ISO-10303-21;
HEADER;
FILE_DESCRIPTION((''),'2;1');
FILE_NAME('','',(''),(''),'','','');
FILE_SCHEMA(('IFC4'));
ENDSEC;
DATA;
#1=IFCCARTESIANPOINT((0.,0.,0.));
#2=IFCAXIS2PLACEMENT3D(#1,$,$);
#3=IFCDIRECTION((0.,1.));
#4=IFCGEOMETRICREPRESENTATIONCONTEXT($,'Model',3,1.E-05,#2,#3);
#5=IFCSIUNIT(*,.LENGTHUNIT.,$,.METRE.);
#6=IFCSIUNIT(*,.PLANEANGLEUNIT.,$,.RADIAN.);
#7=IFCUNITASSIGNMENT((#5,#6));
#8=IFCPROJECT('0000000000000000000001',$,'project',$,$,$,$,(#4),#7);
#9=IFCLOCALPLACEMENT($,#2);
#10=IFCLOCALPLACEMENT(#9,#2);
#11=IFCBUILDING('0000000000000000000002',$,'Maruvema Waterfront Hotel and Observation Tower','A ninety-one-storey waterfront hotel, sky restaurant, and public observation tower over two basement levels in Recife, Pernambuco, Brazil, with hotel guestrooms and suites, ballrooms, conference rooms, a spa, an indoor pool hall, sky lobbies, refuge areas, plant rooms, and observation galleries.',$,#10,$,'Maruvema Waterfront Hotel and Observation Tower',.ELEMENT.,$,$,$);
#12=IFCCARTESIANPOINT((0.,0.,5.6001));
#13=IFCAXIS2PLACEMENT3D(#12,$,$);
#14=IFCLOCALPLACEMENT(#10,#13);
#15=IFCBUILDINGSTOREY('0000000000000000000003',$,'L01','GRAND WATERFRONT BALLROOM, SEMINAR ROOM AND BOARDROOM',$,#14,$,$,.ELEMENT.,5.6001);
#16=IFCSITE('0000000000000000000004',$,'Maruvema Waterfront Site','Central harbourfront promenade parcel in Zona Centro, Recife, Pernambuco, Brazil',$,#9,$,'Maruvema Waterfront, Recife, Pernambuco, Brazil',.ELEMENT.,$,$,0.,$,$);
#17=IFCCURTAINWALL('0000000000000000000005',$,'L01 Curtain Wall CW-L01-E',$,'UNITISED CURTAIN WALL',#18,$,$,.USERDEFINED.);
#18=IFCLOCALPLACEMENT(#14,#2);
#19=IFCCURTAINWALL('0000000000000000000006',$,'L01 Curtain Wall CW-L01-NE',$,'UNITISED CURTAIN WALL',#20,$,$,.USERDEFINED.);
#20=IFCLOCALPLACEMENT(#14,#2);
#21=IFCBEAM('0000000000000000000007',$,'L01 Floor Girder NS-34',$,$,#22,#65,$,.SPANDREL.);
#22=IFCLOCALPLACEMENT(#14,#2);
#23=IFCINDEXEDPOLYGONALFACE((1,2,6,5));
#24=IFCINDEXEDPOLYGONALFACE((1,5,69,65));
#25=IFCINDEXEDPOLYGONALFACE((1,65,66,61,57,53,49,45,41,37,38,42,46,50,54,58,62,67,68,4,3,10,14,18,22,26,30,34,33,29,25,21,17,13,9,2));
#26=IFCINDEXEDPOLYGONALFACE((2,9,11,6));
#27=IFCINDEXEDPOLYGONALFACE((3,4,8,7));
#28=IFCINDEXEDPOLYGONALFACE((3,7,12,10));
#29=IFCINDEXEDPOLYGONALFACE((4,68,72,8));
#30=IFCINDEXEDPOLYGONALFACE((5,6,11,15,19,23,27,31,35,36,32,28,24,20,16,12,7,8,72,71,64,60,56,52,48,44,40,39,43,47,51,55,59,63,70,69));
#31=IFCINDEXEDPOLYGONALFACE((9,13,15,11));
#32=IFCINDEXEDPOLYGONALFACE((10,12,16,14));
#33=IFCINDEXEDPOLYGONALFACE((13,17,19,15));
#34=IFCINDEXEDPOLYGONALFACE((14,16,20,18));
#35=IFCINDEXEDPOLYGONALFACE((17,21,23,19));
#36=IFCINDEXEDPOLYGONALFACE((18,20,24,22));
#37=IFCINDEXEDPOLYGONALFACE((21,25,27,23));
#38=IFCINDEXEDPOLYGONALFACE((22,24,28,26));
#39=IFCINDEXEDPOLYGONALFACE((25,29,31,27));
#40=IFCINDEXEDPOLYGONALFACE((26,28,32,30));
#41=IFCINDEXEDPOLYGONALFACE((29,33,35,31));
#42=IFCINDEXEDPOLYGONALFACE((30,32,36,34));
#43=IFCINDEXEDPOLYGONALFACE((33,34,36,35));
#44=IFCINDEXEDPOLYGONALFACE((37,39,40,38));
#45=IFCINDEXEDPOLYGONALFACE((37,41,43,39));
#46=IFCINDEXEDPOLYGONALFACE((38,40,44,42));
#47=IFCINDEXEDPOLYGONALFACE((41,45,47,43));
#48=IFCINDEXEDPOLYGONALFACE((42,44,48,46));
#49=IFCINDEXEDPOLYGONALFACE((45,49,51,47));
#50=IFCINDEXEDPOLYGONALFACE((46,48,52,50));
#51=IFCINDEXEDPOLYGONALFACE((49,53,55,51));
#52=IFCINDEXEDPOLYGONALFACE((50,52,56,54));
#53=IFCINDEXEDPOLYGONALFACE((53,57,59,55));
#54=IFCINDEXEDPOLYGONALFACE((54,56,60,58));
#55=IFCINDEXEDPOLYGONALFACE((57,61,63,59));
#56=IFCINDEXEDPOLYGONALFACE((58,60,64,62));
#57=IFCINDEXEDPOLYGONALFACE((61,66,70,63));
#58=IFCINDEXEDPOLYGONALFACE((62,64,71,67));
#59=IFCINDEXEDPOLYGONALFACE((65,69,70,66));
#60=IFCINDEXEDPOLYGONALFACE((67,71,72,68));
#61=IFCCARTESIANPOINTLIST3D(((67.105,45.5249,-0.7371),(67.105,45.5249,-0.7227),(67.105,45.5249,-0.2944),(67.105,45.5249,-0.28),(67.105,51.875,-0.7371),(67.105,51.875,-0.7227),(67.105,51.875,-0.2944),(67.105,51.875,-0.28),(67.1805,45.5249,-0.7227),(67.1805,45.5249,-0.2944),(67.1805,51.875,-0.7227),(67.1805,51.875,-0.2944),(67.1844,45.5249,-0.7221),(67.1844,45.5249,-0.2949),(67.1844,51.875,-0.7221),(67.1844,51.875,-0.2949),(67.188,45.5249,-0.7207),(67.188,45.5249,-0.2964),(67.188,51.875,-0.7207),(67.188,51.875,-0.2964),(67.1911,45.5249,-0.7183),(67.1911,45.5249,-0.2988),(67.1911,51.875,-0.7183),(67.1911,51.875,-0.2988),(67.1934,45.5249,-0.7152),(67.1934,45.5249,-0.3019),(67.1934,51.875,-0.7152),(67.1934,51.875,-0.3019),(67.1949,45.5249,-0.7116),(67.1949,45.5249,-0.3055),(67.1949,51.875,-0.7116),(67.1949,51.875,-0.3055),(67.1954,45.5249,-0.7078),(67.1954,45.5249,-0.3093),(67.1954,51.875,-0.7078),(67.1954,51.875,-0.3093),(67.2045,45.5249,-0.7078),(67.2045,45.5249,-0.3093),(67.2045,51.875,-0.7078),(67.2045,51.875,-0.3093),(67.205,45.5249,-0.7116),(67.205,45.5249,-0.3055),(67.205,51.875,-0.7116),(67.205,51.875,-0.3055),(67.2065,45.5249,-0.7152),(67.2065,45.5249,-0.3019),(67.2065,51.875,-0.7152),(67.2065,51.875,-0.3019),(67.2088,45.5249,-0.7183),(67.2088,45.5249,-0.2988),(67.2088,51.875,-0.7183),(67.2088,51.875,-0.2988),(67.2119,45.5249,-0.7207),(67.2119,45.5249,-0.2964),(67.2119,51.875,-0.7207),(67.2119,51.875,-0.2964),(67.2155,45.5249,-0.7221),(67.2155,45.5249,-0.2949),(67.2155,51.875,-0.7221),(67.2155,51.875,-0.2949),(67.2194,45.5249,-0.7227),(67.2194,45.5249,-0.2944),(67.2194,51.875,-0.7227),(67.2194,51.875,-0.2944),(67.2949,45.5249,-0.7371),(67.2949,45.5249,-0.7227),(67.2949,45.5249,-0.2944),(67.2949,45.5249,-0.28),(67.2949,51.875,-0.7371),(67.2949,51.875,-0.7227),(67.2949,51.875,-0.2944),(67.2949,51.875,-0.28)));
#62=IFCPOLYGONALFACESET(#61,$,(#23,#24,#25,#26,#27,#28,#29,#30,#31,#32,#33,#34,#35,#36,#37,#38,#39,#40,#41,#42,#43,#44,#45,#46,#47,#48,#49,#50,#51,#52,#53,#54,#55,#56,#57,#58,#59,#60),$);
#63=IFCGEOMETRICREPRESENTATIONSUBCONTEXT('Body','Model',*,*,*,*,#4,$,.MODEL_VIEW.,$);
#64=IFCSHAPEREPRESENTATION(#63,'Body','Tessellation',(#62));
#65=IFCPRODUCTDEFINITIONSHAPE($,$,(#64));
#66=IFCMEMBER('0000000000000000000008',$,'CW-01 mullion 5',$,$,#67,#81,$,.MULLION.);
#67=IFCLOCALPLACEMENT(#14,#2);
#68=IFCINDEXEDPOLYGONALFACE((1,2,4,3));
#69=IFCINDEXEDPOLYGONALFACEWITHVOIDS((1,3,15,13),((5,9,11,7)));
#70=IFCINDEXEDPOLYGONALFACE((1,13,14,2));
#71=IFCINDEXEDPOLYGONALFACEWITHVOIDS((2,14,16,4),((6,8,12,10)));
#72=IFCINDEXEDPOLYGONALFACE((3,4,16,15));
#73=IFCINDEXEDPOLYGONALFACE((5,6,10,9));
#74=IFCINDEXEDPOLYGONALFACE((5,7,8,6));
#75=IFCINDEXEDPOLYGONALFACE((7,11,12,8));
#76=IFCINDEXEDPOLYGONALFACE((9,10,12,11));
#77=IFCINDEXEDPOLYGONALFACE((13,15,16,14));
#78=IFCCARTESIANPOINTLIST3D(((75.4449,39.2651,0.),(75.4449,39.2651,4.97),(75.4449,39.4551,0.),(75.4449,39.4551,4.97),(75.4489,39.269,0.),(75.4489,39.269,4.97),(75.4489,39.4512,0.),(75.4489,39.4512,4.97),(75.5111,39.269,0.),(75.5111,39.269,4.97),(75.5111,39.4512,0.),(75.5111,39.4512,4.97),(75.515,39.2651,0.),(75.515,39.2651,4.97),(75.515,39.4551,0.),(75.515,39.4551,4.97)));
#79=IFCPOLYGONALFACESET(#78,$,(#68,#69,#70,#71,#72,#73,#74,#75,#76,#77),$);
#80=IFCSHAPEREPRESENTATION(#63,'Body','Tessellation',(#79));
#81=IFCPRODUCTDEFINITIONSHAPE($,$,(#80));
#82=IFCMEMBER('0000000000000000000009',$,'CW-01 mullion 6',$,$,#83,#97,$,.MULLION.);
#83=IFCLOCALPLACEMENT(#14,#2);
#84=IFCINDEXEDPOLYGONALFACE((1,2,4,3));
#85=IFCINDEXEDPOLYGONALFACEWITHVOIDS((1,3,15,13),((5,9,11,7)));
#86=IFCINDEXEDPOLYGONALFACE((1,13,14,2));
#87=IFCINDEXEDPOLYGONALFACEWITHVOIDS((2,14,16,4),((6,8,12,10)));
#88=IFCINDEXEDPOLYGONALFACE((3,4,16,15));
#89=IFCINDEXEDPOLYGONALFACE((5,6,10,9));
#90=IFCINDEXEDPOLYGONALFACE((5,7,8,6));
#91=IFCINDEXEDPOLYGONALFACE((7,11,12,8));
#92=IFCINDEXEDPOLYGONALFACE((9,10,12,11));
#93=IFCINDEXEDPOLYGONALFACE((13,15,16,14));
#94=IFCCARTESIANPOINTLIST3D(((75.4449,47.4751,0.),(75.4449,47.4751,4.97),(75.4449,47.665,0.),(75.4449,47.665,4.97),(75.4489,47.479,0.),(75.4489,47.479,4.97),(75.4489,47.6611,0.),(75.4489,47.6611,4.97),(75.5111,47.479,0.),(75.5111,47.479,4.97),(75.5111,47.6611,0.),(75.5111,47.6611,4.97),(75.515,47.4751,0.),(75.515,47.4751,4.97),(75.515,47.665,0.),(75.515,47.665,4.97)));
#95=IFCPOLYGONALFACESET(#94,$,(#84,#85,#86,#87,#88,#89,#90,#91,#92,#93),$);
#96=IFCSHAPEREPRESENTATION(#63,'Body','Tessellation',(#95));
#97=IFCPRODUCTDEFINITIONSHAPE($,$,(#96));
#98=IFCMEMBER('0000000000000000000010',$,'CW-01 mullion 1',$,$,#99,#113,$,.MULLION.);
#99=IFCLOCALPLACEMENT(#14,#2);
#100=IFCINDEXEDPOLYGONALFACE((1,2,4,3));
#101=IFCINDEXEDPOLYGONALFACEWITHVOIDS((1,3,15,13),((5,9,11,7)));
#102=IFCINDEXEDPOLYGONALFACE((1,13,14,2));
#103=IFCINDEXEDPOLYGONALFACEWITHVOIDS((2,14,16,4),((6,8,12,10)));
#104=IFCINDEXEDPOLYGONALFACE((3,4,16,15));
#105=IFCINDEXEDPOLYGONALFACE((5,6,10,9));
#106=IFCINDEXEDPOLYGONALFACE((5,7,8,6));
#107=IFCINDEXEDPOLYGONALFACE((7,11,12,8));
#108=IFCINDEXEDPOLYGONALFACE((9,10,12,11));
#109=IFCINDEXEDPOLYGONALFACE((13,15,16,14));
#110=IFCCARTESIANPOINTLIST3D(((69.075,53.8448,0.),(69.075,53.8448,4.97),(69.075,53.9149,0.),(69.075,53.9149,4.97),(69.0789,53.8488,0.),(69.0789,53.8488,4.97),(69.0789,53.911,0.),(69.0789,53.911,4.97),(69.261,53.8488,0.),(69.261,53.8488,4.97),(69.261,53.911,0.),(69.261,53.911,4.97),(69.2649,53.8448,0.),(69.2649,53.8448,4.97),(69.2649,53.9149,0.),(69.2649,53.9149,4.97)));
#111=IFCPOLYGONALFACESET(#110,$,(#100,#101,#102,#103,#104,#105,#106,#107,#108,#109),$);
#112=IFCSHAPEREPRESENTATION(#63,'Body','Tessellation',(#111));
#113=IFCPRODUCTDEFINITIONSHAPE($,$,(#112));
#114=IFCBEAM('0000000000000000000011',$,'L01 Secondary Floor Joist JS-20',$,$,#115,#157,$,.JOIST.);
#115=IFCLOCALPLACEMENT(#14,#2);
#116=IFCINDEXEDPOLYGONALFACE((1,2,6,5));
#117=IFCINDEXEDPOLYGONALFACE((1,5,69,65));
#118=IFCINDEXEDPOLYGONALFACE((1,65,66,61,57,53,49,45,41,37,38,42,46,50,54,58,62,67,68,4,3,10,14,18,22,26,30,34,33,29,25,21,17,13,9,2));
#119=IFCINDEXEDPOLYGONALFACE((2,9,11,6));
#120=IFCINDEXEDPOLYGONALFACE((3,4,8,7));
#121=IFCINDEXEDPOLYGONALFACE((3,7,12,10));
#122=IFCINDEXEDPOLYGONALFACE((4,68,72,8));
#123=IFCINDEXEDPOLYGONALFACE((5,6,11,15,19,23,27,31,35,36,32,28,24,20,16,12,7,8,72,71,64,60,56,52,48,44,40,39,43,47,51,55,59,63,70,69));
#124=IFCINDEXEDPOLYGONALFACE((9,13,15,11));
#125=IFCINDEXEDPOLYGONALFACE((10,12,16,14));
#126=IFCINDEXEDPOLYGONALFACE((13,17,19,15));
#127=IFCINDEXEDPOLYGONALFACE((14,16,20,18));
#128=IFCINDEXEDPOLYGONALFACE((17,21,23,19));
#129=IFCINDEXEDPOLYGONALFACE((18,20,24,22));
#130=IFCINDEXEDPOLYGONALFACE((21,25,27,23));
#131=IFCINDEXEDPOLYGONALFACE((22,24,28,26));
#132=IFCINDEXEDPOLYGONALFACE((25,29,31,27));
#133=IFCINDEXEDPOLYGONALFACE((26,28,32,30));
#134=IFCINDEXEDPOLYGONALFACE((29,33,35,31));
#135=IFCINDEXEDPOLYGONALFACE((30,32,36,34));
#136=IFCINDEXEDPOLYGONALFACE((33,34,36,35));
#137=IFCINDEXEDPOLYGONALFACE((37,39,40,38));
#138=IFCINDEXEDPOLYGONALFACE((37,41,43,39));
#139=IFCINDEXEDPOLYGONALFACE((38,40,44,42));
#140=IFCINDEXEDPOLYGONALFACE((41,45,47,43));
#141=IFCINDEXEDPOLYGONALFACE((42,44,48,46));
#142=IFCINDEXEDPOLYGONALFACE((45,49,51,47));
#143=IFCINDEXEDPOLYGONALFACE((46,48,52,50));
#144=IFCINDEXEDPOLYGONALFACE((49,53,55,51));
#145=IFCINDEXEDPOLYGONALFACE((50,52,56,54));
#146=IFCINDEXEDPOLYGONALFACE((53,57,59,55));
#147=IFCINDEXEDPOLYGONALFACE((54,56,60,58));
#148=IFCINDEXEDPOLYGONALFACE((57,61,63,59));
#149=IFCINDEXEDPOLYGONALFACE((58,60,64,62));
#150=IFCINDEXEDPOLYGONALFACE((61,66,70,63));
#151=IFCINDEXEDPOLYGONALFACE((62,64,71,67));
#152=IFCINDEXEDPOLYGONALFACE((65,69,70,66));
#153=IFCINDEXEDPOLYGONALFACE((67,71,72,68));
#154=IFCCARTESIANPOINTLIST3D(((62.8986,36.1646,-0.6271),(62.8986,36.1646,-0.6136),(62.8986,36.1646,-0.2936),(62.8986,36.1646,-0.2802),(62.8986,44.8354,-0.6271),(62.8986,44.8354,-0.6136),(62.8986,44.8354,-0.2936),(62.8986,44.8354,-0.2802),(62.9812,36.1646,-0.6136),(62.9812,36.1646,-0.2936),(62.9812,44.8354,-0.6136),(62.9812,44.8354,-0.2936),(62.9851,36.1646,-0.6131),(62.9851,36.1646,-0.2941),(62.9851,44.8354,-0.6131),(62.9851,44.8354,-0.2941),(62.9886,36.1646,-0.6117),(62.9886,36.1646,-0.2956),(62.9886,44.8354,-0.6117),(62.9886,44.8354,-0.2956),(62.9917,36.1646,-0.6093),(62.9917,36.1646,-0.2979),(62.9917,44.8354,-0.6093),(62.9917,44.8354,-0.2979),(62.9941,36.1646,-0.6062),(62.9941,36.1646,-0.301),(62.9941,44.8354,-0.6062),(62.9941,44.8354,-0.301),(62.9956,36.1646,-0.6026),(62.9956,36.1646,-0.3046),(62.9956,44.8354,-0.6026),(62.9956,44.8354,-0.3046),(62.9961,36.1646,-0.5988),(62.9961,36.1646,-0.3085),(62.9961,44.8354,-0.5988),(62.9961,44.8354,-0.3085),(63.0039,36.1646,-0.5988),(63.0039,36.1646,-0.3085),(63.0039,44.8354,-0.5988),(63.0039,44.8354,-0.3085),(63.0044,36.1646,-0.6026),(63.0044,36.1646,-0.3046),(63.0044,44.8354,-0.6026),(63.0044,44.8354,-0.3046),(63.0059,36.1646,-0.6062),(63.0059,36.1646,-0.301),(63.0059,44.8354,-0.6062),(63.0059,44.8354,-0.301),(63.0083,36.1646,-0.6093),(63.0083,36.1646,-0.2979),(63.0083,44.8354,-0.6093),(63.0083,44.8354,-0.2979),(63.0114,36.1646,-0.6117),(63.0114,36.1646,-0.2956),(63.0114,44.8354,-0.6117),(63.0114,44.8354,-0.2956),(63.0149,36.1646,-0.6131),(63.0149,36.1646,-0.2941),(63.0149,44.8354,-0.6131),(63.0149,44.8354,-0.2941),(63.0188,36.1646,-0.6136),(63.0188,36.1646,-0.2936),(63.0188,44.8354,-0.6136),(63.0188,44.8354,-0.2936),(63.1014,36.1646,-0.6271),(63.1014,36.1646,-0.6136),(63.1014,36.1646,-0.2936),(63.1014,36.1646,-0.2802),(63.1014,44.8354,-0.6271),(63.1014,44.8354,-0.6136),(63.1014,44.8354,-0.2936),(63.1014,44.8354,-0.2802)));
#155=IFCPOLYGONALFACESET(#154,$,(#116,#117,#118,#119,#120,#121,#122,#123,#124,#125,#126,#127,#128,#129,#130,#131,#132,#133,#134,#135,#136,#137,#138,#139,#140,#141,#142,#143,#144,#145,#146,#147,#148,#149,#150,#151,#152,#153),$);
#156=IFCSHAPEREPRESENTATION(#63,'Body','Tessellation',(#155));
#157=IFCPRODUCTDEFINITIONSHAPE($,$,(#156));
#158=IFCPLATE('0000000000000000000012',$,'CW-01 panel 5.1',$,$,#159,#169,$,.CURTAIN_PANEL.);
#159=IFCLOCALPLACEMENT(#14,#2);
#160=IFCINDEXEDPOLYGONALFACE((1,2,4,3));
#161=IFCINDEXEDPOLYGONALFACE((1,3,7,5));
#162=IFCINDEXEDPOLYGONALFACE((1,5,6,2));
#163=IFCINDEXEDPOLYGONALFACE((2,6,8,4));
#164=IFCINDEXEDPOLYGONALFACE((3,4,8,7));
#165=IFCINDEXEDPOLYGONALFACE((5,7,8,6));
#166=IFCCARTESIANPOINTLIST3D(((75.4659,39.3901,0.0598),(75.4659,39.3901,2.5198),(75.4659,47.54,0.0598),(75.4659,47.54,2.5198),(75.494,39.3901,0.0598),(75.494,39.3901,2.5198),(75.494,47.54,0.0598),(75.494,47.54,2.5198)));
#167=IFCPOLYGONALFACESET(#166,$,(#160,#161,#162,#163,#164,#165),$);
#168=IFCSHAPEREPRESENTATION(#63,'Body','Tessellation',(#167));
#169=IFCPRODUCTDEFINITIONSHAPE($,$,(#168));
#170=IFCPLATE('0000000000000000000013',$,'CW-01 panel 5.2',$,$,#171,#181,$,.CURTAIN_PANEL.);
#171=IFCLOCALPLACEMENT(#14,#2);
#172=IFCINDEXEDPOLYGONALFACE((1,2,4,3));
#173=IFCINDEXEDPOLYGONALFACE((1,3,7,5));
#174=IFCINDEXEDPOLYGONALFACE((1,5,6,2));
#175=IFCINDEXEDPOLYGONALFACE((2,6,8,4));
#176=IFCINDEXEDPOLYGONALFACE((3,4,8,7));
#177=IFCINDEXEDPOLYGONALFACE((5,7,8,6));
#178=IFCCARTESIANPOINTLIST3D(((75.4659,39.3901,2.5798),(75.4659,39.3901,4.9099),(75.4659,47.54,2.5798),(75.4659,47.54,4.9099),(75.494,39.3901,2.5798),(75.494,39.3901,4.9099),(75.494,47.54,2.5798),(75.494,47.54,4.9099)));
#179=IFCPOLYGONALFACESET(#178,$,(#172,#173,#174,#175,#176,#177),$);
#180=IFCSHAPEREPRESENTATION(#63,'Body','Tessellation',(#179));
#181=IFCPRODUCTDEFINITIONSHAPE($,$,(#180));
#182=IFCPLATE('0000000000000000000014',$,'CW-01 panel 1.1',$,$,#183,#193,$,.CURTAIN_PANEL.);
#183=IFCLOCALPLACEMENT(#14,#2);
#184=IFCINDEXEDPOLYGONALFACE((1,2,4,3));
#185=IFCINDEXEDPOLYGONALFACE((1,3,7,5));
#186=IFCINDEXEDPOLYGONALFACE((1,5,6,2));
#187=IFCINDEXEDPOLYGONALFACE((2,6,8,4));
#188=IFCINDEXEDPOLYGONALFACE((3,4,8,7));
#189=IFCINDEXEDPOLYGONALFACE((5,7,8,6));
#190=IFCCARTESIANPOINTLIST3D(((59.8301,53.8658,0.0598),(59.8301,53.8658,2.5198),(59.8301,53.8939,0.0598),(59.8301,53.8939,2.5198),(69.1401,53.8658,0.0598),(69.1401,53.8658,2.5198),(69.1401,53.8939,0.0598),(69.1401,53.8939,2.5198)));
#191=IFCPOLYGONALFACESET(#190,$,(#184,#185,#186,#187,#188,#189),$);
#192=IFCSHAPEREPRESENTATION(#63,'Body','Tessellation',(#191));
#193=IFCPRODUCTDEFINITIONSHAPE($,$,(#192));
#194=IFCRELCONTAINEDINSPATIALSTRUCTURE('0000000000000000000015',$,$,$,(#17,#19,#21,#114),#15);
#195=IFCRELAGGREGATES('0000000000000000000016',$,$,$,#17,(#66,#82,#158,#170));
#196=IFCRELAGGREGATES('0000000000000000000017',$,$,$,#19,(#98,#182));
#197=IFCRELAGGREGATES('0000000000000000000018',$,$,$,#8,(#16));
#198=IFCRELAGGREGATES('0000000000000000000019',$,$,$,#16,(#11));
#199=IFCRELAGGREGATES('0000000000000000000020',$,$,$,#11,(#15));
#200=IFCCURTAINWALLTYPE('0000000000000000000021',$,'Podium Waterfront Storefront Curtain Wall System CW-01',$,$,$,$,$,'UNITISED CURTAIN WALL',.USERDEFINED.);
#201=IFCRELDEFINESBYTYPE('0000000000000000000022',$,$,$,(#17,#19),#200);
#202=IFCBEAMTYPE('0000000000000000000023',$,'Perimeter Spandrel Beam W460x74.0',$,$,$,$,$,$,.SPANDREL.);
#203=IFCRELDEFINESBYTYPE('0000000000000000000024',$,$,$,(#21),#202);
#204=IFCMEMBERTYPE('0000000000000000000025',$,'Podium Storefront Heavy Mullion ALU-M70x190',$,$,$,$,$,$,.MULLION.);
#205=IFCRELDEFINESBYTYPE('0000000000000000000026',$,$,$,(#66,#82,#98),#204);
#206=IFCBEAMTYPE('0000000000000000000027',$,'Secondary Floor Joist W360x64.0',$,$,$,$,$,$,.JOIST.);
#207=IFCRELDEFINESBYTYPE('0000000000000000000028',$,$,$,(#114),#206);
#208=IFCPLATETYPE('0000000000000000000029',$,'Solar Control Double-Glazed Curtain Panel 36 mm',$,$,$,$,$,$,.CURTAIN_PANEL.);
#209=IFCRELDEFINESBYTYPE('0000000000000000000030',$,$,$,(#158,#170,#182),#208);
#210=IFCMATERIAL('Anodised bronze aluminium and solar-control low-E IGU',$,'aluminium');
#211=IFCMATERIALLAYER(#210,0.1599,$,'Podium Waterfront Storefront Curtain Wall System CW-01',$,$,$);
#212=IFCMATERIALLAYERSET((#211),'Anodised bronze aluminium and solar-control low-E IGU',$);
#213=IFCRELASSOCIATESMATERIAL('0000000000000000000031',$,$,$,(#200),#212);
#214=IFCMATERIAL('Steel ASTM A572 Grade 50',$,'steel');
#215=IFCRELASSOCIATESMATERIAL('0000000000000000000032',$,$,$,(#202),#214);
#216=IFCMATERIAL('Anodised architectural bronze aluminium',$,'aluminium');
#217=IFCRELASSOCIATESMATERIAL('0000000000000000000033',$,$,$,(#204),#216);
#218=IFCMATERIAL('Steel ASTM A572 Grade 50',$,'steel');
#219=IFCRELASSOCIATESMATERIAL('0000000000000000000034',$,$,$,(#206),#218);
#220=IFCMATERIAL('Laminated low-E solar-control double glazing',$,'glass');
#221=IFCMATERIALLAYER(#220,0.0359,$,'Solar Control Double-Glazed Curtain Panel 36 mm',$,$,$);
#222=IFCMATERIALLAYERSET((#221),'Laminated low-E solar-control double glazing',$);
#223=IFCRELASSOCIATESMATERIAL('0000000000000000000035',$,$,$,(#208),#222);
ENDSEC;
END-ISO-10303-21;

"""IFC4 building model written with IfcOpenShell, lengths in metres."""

from ifc_helpers import new_model, si_unit, direction, frame, origin, origin_2d, place, context, subcontext, project, spatial, rectangle, hollow_rectangle, i_section, extrude, material, layer, layer_set, material_profile, profile_set, type_object, element, aggregate, save


model = new_model("IFC4")

# Units and contexts
model_context = context("Model", 3, precision=1e-05, world=origin(), true_north=direction((0.0, 1.0)))
body_context = subcontext(model_context, "Body", "Model", "MODEL_VIEW")
ifc_project = project(units=[si_unit("LENGTHUNIT", "METRE"), si_unit("PLANEANGLEUNIT", "RADIAN")], contexts=[model_context])

# Site, building, storey
site_placement = place(None, origin())
site = spatial("IfcSite", under=ifc_project, at=site_placement, Name="Maruvema Waterfront Site", Description="Central harbourfront promenade parcel in Zona Centro, Recife, Pernambuco, Brazil", LongName="Maruvema Waterfront, Recife, Pernambuco, Brazil", CompositionType="ELEMENT", RefElevation=0.0)
building_placement = place(site_placement, origin())
building = spatial("IfcBuilding", under=site, at=building_placement, Name="Maruvema Waterfront Hotel and Observation Tower", Description="A ninety-one-storey waterfront hotel, sky restaurant, and public observation tower over two basement levels in Recife, Pernambuco, Brazil, with hotel guestrooms and suites, ballrooms, conference rooms, a spa, an indoor pool hall, sky lobbies, refuge areas, plant rooms, and observation galleries.", LongName="Maruvema Waterfront Hotel and Observation Tower", CompositionType="ELEMENT")
storey_placement = place(building_placement, frame((0.0, 0.0, 5.6001)))
storey = spatial("IfcBuildingStorey", under=building, at=storey_placement, Name="L01", Description="GRAND WATERFRONT BALLROOM, SEMINAR ROOM AND BOARDROOM", CompositionType="ELEMENT", Elevation=5.6001)

# Curtain walls
ifc_material_1 = material(Name="Anodised bronze aluminium and solar-control low-E IGU", Category="aluminium")
ifc_layer_1 = layer(ifc_material_1, 0.1599, Name="Podium Waterfront Storefront Curtain Wall System CW-01")
ifc_layer_set_1 = layer_set([ifc_layer_1], Name="Anodised bronze aluminium and solar-control low-E IGU")
curtain_wall_type = type_object("IfcCurtainWallType", Name="Podium Waterfront Storefront Curtain Wall System CW-01", ElementType="UNITISED CURTAIN WALL", PredefinedType="USERDEFINED", material=ifc_layer_set_1)
curtain_wall_1_placement = place(storey_placement, origin())
curtain_wall_1 = element("IfcCurtainWall", 1, at=curtain_wall_1_placement, inside=storey, type_object=curtain_wall_type, Name="L01 Curtain Wall CW-L01-E", ObjectType="UNITISED CURTAIN WALL", PredefinedType="USERDEFINED")
curtain_wall_2_placement = place(storey_placement, origin())
curtain_wall_2 = element("IfcCurtainWall", 2, at=curtain_wall_2_placement, inside=storey, type_object=curtain_wall_type, Name="L01 Curtain Wall CW-L01-NE", ObjectType="UNITISED CURTAIN WALL", PredefinedType="USERDEFINED")

# Beam
ifc_material_2 = material(Name="Steel ASTM A572 Grade 50", Category="steel")
ifc_material_profile_1 = material_profile(ifc_material_2, i_section(OverallWidth=0.1899, OverallDepth=0.457, WebThickness=0.009, FlangeThickness=0.0144, FilletRadius=0.0149, at=origin_2d()), Name="W460x74.0")
ifc_profile_set_1 = profile_set([ifc_material_profile_1], Name="Steel ASTM A572 Grade 50")
beam_type_1 = type_object("IfcBeamType", Name="Perimeter Spandrel Beam W460x74.0", PredefinedType="SPANDREL", material=ifc_profile_set_1)
beam_1_placement = place(storey_placement, frame((67.2, 45.5249, -0.5085), z_axis=(0.0, 1.0, 0.0), x_axis=(-1.0, 0.0, 0.0)))
element("IfcBeam", 3, at=beam_1_placement, inside=storey, type_object=beam_type_1, Name="L01 Floor Girder NS-34", PredefinedType="SPANDREL", context=body_context, shape_type="SweptSolid", body=[
    extrude(i_section(OverallWidth=0.1899, OverallDepth=0.457, WebThickness=0.009, FlangeThickness=0.0144, FilletRadius=0.0149, at=origin_2d()), origin(), (0.0, 0.0, 1.0), 6.3501),
])

# Members
ifc_material_3 = material(Name="Anodised architectural bronze aluminium", Category="aluminium")
ifc_material_profile_2 = material_profile(ifc_material_3, hollow_rectangle(XDim=0.0701, YDim=0.1899, WallThickness=0.0039, at=origin_2d()), Name="ALU-M70x190")
ifc_profile_set_2 = profile_set([ifc_material_profile_2], Name="Anodised architectural bronze aluminium")
member_type_1 = type_object("IfcMemberType", Name="Podium Storefront Heavy Mullion ALU-M70x190", PredefinedType="MULLION", material=ifc_profile_set_2)
member_1_placement = place(storey_placement, frame((75.48, 39.3601, 0.0), z_axis=(0.0, 0.0, 1.0), x_axis=(-1.0, 0.0, 0.0)))
member_1 = element("IfcMember", 4, at=member_1_placement, type_object=member_type_1, Name="CW-01 mullion 5", PredefinedType="MULLION", context=body_context, shape_type="SweptSolid", body=[
    extrude(hollow_rectangle(XDim=0.0701, YDim=0.1899, WallThickness=0.0039, at=origin_2d()), origin(), (0.0, 0.0, 1.0), 4.97),
])
member_2_placement = place(storey_placement, frame((75.48, 47.5701, 0.0), z_axis=(0.0, 0.0, 1.0), x_axis=(-1.0, 0.0, 0.0)))
member_2 = element("IfcMember", 5, at=member_2_placement, type_object=member_type_1, Name="CW-01 mullion 6", PredefinedType="MULLION", context=body_context, shape_type="SweptSolid", body=[
    extrude(hollow_rectangle(XDim=0.0701, YDim=0.1899, WallThickness=0.0039, at=origin_2d()), origin(), (0.0, 0.0, 1.0), 4.97),
])
member_3_placement = place(storey_placement, frame((69.1699, 53.8799, 0.0), z_axis=(0.0, 0.0, 1.0), x_axis=(0.0, -1.0, 0.0)))
member_3 = element("IfcMember", 6, at=member_3_placement, type_object=member_type_1, Name="CW-01 mullion 1", PredefinedType="MULLION", context=body_context, shape_type="SweptSolid", body=[
    extrude(hollow_rectangle(XDim=0.0701, YDim=0.1899, WallThickness=0.0039, at=origin_2d()), origin(), (0.0, 0.0, 1.0), 4.97),
])

# Beam
ifc_material_4 = material(Name="Steel ASTM A572 Grade 50", Category="steel")
ifc_material_profile_3 = material_profile(ifc_material_4, i_section(OverallWidth=0.2029, OverallDepth=0.3469, WebThickness=0.0078, FlangeThickness=0.0134, FilletRadius=0.0149, at=origin_2d()), Name="W360x64.0")
ifc_profile_set_3 = profile_set([ifc_material_profile_3], Name="Steel ASTM A572 Grade 50")
beam_type_2 = type_object("IfcBeamType", Name="Secondary Floor Joist W360x64.0", PredefinedType="JOIST", material=ifc_profile_set_3)
beam_2_placement = place(storey_placement, frame((63.0, 36.1646, -0.4536), z_axis=(0.0, 1.0, 0.0), x_axis=(-1.0, 0.0, 0.0)))
element("IfcBeam", 7, at=beam_2_placement, inside=storey, type_object=beam_type_2, Name="L01 Secondary Floor Joist JS-20", PredefinedType="JOIST", context=body_context, shape_type="SweptSolid", body=[
    extrude(i_section(OverallWidth=0.2029, OverallDepth=0.3469, WebThickness=0.0078, FlangeThickness=0.0134, FilletRadius=0.0149, at=origin_2d()), origin(), (0.0, 0.0, 1.0), 8.6709),
])

# Plates
ifc_material_5 = material(Name="Laminated low-E solar-control double glazing", Category="glass")
ifc_layer_2 = layer(ifc_material_5, 0.0359, Name="Solar Control Double-Glazed Curtain Panel 36 mm")
ifc_layer_set_2 = layer_set([ifc_layer_2], Name="Laminated low-E solar-control double glazing")
plate_type = type_object("IfcPlateType", Name="Solar Control Double-Glazed Curtain Panel 36 mm", PredefinedType="CURTAIN_PANEL", material=ifc_layer_set_2)
plate_1_placement = place(storey_placement, frame((75.48, 43.4651, 0.0598), z_axis=(0.0, 0.0, 1.0), x_axis=(0.0, 1.0, 0.0)))
plate_1 = element("IfcPlate", 8, at=plate_1_placement, type_object=plate_type, Name="CW-01 panel 5.1", PredefinedType="CURTAIN_PANEL", context=body_context, shape_type="SweptSolid", body=[
    extrude(rectangle(XDim=8.1499, YDim=0.0281, at=origin_2d()), origin(), (0.0, 0.0, 1.0), 2.46),
])
plate_2_placement = place(storey_placement, frame((75.48, 43.4651, 2.5798), z_axis=(0.0, 0.0, 1.0), x_axis=(0.0, 1.0, 0.0)))
plate_2 = element("IfcPlate", 9, at=plate_2_placement, type_object=plate_type, Name="CW-01 panel 5.2", PredefinedType="CURTAIN_PANEL", context=body_context, shape_type="SweptSolid", body=[
    extrude(rectangle(XDim=8.1499, YDim=0.0281, at=origin_2d()), origin(), (0.0, 0.0, 1.0), 2.3301),
])
aggregate(curtain_wall_1, [member_1, member_2, plate_1, plate_2])
plate_3_placement = place(storey_placement, frame((64.4851, 53.8799, 0.0598), z_axis=(0.0, 0.0, 1.0), x_axis=(-1.0, 0.0, 0.0)))
plate_3 = element("IfcPlate", 10, at=plate_3_placement, type_object=plate_type, Name="CW-01 panel 1.1", PredefinedType="CURTAIN_PANEL", context=body_context, shape_type="SweptSolid", body=[
    extrude(rectangle(XDim=9.3101, YDim=0.0281, at=origin_2d()), origin(), (0.0, 0.0, 1.0), 2.46),
])
aggregate(curtain_wall_2, [member_3, plate_3])

save(model, "model.ifc")
